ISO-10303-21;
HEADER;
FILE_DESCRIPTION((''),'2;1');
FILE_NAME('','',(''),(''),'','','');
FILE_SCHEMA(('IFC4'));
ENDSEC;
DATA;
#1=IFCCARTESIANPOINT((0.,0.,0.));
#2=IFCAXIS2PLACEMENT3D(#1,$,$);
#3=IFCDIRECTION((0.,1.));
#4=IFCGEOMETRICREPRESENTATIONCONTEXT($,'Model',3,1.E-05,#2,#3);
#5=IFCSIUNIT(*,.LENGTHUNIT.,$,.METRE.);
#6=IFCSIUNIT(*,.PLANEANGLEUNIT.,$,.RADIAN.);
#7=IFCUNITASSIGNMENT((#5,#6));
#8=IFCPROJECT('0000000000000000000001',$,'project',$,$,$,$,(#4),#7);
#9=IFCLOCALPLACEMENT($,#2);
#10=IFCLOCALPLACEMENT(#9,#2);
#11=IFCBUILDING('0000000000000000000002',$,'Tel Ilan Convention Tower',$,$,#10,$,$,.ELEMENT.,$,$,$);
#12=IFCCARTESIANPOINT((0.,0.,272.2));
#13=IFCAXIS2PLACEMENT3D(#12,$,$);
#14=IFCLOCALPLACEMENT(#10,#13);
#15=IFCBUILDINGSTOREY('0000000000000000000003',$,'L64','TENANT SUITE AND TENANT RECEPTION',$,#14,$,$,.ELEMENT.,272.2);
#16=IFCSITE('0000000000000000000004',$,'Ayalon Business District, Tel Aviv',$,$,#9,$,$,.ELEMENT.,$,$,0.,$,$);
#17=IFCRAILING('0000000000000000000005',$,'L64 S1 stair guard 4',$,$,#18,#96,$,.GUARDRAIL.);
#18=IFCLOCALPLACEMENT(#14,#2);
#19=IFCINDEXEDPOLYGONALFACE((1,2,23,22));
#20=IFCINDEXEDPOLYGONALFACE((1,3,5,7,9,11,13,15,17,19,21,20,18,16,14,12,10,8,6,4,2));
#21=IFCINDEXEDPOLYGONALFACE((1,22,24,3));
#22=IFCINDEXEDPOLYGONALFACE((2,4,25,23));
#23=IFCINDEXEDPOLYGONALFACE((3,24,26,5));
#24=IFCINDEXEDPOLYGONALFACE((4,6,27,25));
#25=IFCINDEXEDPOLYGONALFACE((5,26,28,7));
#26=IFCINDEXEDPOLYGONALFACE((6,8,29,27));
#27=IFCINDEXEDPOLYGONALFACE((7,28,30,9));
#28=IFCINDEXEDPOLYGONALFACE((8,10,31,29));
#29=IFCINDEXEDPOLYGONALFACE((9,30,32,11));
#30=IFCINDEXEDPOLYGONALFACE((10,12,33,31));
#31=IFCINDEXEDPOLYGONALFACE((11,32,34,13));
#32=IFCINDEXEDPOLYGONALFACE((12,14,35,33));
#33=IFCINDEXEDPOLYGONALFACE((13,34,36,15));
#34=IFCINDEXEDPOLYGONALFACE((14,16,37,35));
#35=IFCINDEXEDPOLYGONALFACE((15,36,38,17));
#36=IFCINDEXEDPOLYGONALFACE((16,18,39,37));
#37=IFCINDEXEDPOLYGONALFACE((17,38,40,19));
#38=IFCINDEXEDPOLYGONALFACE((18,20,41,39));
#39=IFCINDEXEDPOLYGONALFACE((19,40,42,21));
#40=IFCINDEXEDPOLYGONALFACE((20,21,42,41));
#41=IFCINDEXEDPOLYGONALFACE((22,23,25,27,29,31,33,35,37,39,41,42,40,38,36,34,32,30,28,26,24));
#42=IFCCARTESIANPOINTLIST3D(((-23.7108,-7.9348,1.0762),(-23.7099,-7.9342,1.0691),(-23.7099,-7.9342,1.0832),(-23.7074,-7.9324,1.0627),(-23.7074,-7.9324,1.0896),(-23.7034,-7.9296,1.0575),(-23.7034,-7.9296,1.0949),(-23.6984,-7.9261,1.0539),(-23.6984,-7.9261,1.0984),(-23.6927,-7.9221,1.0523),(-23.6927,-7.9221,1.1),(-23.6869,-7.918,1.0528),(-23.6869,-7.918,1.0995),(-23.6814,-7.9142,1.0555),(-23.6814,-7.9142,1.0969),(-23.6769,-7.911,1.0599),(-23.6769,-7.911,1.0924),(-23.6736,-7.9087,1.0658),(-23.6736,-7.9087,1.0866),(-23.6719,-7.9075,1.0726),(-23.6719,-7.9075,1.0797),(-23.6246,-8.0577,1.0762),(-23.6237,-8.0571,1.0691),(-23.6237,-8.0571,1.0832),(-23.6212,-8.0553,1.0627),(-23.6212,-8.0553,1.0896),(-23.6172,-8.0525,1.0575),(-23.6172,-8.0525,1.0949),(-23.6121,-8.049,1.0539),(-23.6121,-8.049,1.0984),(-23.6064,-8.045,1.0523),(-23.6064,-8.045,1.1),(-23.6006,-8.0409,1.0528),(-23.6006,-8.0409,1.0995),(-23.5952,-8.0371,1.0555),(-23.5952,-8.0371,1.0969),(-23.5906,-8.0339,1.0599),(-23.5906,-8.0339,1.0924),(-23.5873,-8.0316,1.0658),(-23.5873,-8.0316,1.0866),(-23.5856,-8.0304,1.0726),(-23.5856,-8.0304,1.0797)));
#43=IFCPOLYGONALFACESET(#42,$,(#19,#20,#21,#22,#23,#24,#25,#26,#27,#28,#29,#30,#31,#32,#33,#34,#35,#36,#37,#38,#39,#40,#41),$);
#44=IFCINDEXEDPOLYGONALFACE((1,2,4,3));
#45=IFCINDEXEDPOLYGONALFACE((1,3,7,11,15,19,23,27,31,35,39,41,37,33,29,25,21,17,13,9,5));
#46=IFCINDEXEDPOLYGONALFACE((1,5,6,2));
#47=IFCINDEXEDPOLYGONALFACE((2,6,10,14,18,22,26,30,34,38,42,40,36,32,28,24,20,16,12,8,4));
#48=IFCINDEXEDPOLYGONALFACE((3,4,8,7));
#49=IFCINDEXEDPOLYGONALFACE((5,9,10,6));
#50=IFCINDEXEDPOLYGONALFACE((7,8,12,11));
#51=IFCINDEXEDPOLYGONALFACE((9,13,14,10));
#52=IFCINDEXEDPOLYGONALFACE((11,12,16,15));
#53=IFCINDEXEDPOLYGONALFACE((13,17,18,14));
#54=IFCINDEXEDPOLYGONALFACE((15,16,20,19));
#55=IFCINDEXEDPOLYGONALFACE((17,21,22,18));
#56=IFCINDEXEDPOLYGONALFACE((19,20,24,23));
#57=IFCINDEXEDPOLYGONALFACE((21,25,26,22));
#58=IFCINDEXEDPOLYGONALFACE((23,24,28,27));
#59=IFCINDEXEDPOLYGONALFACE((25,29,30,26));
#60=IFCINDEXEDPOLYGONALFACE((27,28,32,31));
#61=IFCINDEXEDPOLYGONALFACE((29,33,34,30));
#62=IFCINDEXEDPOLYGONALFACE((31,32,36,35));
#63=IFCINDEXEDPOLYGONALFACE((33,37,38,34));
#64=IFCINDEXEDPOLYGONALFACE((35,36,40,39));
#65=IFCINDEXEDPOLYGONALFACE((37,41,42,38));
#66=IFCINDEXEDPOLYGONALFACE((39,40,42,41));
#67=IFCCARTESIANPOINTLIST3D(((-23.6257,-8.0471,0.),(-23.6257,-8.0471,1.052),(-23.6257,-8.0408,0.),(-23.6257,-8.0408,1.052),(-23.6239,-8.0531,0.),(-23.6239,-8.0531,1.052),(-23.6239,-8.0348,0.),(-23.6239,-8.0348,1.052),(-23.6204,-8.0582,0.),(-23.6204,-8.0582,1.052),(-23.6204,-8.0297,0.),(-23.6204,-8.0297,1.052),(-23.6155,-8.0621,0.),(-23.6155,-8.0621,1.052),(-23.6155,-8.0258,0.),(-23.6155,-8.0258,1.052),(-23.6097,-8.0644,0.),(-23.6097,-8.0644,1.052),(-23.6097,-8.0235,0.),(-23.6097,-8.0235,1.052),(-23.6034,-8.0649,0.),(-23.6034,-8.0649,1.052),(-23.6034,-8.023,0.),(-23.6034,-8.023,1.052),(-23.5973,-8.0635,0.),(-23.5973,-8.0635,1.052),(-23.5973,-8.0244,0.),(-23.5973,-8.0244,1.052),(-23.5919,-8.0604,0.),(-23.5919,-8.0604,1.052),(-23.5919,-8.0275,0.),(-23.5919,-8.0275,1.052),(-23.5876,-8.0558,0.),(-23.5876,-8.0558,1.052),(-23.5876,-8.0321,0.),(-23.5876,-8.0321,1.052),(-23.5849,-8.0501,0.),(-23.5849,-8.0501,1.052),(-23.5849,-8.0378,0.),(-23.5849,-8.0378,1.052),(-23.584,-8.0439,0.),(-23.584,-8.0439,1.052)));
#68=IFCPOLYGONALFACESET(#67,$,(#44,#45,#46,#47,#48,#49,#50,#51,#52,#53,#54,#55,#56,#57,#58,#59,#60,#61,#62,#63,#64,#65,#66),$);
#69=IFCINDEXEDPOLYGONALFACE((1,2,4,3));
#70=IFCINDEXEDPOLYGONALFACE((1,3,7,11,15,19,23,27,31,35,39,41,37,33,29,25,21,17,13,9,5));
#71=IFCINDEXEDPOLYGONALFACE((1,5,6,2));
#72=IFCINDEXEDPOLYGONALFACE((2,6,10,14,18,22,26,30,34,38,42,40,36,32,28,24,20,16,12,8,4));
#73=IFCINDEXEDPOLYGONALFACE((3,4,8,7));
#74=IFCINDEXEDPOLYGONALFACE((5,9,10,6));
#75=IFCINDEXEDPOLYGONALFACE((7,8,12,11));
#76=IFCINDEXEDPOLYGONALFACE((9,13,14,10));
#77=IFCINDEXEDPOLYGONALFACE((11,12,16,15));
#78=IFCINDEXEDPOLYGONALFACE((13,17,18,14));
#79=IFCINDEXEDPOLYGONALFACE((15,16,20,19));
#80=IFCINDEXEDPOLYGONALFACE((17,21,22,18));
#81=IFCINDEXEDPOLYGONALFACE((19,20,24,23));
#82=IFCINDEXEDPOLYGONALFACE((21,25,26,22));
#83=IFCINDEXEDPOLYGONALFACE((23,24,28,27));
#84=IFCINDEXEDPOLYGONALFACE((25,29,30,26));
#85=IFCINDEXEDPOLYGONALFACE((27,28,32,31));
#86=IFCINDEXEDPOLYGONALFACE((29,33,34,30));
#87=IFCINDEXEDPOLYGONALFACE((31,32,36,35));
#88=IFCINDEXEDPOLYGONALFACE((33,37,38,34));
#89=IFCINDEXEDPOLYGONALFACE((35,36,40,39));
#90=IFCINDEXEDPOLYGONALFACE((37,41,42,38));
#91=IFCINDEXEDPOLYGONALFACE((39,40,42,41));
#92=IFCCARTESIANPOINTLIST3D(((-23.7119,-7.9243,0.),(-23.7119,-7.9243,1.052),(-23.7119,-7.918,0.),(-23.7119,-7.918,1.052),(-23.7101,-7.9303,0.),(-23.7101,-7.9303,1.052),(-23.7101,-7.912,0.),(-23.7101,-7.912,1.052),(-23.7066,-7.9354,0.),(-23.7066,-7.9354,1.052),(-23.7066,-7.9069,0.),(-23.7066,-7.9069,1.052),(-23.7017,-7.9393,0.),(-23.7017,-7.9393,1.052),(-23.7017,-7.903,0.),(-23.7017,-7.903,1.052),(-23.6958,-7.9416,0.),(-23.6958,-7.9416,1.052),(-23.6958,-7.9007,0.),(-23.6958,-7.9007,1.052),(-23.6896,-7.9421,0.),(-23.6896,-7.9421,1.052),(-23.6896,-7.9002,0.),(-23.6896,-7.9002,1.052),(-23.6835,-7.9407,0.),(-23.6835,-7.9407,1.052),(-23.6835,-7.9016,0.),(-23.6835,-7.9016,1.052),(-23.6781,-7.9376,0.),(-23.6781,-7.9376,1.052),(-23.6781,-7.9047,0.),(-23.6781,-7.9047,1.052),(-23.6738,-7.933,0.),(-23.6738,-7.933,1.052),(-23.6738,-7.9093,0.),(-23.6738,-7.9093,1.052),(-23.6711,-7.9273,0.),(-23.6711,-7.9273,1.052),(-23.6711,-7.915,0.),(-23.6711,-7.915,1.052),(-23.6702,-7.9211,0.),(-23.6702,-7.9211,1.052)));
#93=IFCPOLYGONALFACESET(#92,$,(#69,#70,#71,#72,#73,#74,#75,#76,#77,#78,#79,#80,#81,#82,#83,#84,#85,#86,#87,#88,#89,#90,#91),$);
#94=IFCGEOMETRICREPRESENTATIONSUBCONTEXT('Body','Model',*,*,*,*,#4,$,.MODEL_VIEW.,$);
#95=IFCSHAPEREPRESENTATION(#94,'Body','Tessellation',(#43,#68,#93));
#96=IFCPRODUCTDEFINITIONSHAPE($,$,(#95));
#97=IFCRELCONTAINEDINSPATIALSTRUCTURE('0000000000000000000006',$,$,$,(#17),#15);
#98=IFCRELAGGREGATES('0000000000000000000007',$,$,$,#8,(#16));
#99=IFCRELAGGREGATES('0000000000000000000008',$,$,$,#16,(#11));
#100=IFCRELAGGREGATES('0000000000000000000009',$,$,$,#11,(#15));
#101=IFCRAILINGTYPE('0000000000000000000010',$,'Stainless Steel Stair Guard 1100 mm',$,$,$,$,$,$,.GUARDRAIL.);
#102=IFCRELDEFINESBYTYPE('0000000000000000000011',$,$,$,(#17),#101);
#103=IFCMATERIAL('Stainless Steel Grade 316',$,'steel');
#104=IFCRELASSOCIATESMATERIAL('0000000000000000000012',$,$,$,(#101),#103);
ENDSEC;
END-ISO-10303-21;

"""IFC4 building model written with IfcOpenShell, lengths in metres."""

from ifc_helpers import new_model, si_unit, direction, frame, origin, origin_2d, place, context, subcontext, project, spatial, circle, extrude, material, type_object, element, save


model = new_model("IFC4")

# Units and contexts
model_context = context("Model", 3, precision=1e-05, world=origin(), true_north=direction((0.0, 1.0)))
body_context = subcontext(model_context, "Body", "Model", "MODEL_VIEW")
ifc_project = project(units=[si_unit("LENGTHUNIT", "METRE"), si_unit("PLANEANGLEUNIT", "RADIAN")], contexts=[model_context])

# Site, building, storey
site_placement = place(None, origin())
site = spatial("IfcSite", under=ifc_project, at=site_placement, Name="Ayalon Business District, Tel Aviv", CompositionType="ELEMENT", RefElevation=0.0)
building_placement = place(site_placement, origin())
building = spatial("IfcBuilding", under=site, at=building_placement, Name="Tel Ilan Convention Tower", CompositionType="ELEMENT")
storey_placement = place(building_placement, frame((0.0, 0.0, 272.2)))
storey = spatial("IfcBuildingStorey", under=building, at=storey_placement, Name="L64", Description="TENANT SUITE AND TENANT RECEPTION", CompositionType="ELEMENT", Elevation=272.2)

# Railing
ifc_material_1 = material(Name="Stainless Steel Grade 316", Category="steel")
railing_type_1 = type_object("IfcRailingType", Name="Stainless Steel Stair Guard 1100 mm", PredefinedType="GUARDRAIL", material=ifc_material_1)
railing_1_placement = place(storey_placement, frame((-23.605, -8.0439, 0.0)))
element("IfcRailing", 1, at=railing_1_placement, inside=storey, type_object=railing_type_1, Name="L64 S1 stair guard 4", PredefinedType="GUARDRAIL", context=body_context, shape_type="SweptSolid", body=[
    extrude(circle(Radius=0.0239, at=origin_2d()), frame((0.0, 0.0, 1.0762), z_axis=(-0.574445, 0.818543, 0.0), x_axis=(-0.818543, -0.574445, 0.0)), (0.0, 0.0, 1.0), 0.1501),
    extrude(circle(Radius=0.021, at=origin_2d()), origin(), (0.0, 0.0, 1.0), 1.052),
    extrude(circle(Radius=0.021, at=origin_2d()), frame((-0.0862, 0.1228, 0.0)), (0.0, 0.0, 1.0), 1.052),
])

save(model, "model.ifc")
